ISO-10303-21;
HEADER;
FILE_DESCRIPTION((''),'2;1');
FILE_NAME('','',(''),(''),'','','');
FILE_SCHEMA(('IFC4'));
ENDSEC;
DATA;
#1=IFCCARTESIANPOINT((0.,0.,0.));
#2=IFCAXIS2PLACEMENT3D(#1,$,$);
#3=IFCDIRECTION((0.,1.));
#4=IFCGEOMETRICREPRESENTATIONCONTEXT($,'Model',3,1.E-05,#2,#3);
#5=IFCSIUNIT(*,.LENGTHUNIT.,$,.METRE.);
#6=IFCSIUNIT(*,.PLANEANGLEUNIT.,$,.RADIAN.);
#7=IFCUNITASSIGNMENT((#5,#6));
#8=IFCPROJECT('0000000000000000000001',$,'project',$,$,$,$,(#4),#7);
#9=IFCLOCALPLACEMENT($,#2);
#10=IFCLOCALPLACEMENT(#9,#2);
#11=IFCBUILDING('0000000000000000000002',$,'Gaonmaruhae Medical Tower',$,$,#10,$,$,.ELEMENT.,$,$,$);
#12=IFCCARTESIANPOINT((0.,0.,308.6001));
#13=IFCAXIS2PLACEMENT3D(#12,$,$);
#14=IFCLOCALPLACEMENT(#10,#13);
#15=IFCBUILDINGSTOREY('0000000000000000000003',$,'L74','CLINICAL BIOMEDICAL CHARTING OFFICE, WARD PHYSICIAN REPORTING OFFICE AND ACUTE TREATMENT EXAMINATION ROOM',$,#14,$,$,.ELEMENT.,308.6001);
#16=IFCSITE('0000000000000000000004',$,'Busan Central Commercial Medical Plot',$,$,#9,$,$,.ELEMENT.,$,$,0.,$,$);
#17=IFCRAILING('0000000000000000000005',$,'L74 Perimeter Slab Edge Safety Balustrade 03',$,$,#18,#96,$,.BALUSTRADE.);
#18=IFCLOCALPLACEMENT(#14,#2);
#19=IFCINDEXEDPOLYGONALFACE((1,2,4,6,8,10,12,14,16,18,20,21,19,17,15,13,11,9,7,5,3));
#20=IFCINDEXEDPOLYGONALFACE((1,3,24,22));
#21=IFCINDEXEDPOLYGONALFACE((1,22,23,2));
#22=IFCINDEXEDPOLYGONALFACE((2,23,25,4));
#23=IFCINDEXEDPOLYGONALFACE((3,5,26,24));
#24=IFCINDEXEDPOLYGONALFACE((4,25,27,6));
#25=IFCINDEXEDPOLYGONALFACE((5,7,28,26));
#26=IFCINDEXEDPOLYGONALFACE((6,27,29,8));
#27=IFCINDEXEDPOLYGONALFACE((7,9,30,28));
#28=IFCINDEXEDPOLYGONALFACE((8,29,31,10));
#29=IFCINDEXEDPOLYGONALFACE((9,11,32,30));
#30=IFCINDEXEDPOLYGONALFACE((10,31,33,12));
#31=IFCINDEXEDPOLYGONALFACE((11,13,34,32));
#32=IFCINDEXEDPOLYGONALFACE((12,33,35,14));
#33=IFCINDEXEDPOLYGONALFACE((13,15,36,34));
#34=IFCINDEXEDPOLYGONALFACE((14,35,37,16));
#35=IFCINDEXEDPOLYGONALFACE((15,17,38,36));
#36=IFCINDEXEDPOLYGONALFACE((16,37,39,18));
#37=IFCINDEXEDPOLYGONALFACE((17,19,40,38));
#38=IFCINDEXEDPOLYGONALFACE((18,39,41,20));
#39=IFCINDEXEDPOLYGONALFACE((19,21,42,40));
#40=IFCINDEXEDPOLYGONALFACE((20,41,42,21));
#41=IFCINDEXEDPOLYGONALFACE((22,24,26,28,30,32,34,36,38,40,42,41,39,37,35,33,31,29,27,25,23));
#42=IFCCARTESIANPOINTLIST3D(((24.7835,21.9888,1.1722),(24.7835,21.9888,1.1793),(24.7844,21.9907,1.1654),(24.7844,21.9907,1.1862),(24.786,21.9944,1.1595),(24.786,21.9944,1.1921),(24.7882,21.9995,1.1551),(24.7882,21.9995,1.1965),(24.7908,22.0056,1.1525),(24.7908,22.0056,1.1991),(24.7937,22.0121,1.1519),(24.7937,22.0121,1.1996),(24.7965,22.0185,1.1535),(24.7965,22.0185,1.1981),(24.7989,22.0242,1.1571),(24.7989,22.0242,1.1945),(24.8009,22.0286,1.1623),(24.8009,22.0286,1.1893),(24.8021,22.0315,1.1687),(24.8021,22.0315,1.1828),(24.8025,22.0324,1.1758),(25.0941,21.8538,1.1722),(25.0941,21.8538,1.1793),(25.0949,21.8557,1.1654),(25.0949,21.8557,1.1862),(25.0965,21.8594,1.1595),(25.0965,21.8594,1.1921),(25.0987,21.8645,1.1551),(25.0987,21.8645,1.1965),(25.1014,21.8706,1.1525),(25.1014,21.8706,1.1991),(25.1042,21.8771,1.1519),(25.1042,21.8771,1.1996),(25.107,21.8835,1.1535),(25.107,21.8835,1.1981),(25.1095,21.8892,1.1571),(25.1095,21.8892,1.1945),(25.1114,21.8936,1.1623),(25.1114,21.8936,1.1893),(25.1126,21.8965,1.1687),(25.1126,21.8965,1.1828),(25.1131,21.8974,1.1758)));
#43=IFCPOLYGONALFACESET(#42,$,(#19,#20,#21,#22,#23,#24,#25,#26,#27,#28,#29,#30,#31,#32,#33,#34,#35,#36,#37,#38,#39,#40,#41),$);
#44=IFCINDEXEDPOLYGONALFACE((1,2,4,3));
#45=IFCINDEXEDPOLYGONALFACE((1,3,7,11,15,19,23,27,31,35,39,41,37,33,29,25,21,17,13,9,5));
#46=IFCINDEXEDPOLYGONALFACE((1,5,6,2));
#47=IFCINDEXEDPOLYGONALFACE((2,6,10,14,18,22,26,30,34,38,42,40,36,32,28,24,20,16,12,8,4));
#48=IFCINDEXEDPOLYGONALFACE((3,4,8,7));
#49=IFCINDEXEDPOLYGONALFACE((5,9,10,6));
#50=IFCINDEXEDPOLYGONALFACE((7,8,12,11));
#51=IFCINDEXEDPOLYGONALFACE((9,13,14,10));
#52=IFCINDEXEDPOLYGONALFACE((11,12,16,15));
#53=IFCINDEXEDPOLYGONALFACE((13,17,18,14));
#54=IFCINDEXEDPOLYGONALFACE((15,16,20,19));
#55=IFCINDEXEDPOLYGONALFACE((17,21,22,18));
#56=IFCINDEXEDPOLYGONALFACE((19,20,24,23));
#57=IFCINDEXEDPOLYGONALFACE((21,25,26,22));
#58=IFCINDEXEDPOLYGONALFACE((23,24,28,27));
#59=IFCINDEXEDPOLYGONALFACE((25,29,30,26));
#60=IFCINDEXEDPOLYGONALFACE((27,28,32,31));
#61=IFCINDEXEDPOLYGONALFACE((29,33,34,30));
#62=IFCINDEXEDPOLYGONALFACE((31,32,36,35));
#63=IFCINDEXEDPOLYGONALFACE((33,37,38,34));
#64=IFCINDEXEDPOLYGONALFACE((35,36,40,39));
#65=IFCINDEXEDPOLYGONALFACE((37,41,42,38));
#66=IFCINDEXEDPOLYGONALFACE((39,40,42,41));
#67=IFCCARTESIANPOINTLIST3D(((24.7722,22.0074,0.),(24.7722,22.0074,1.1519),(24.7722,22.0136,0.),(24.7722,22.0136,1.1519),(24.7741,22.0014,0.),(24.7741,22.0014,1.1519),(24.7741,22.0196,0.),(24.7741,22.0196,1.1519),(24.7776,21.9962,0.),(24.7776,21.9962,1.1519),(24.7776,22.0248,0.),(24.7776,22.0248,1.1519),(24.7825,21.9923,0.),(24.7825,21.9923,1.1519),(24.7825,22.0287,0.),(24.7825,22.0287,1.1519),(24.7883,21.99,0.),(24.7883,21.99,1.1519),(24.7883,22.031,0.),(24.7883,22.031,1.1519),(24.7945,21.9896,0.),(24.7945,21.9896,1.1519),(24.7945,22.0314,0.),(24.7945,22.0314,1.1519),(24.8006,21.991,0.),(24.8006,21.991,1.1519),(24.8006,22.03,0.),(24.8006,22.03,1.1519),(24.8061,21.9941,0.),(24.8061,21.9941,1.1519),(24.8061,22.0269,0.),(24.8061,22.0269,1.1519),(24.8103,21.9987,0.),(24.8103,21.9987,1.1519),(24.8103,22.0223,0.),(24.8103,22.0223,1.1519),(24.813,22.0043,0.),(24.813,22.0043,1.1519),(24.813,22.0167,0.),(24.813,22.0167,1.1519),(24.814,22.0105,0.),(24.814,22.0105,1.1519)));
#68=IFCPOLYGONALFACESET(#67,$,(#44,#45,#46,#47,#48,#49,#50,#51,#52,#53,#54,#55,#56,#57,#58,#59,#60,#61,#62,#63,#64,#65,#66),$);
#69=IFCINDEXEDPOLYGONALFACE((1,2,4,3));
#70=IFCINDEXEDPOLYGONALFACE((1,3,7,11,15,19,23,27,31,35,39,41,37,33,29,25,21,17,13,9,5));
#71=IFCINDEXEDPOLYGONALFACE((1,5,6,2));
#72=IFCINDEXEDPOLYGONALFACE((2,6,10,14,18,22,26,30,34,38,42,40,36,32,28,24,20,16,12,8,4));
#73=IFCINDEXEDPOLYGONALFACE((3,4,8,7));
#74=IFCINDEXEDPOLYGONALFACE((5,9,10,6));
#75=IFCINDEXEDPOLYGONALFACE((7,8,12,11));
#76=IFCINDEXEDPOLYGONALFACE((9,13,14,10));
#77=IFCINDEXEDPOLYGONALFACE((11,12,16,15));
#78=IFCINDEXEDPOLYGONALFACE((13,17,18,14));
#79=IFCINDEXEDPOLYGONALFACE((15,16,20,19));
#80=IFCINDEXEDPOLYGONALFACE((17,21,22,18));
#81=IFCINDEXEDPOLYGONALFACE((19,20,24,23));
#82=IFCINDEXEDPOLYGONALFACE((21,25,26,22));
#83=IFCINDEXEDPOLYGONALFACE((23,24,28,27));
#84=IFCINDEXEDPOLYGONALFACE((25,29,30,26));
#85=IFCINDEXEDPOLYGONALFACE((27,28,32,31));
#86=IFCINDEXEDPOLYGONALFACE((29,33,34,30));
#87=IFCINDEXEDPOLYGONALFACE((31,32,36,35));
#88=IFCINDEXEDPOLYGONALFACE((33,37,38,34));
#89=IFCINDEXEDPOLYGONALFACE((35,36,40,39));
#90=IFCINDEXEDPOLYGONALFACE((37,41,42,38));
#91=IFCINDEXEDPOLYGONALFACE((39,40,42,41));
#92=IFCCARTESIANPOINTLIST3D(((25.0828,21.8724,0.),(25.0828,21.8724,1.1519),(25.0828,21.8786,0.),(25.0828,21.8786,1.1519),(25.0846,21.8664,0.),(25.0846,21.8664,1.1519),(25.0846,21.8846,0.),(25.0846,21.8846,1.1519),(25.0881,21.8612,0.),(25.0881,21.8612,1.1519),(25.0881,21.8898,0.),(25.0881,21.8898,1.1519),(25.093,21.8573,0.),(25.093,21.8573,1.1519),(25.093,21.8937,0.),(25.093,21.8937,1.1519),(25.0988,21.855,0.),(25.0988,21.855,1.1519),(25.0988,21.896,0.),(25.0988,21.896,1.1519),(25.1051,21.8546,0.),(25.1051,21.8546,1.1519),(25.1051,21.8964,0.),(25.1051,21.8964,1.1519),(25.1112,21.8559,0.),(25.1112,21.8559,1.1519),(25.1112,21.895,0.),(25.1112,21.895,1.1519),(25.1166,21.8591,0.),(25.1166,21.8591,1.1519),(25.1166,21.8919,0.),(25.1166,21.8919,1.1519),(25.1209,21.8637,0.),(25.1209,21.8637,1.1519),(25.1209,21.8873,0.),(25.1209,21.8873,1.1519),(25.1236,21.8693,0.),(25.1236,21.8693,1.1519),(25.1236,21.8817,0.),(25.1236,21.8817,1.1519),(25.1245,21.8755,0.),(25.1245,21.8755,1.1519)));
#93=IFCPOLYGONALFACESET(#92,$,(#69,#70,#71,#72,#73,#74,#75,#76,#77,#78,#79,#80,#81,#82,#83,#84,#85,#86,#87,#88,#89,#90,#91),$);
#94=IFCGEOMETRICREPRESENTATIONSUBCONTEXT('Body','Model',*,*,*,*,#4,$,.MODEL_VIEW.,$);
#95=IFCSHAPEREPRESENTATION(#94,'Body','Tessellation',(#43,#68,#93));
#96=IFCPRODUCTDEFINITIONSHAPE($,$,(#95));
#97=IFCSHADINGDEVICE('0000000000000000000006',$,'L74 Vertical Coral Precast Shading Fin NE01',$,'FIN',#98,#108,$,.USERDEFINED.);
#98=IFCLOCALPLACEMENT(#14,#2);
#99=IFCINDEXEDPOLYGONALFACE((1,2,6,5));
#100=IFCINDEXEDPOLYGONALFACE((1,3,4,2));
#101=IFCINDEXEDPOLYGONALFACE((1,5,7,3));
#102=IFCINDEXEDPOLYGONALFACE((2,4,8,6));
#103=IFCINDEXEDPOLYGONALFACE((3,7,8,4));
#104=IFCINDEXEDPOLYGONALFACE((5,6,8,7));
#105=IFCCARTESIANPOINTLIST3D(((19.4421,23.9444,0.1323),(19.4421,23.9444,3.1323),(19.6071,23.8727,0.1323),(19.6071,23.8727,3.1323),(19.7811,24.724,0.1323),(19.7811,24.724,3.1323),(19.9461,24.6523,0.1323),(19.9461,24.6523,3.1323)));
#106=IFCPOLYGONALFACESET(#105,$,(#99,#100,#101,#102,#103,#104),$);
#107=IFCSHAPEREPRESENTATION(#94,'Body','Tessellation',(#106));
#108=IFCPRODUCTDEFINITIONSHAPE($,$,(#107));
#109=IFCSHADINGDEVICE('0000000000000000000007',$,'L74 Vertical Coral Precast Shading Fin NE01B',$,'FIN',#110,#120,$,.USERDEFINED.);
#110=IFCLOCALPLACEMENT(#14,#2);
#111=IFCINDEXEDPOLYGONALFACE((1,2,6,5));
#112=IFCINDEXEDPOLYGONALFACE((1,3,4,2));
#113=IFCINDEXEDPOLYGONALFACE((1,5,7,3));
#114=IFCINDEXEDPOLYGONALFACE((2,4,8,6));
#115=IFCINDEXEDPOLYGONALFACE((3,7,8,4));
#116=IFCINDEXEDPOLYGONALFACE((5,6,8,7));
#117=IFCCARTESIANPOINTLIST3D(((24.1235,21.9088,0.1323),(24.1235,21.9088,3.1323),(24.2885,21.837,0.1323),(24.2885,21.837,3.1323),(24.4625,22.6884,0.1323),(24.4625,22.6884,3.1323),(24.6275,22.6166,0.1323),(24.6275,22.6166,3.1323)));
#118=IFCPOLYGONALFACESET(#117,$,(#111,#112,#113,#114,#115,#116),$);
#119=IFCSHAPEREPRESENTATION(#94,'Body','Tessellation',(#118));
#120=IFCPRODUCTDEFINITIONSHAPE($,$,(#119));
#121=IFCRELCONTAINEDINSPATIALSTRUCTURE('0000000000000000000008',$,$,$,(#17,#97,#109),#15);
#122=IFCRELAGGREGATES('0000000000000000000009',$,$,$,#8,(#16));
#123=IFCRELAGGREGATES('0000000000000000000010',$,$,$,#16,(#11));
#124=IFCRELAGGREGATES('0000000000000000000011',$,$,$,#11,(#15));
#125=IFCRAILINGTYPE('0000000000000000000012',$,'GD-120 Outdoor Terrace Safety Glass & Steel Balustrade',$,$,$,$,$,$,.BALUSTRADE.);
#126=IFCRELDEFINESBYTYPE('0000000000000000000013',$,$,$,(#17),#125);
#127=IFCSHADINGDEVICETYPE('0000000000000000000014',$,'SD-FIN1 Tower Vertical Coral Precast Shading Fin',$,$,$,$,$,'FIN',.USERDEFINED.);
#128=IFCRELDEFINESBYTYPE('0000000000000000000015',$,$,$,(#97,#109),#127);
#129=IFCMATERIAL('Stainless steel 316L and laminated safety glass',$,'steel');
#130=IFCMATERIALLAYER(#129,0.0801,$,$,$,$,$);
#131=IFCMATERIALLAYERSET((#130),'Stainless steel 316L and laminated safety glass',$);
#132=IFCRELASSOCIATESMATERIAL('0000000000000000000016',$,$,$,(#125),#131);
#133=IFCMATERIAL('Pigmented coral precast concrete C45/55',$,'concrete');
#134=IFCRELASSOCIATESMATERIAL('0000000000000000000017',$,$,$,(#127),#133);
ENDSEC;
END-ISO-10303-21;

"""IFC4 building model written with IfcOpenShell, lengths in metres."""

from ifc_helpers import new_model, si_unit, direction, frame, origin, origin_2d, place, context, subcontext, project, spatial, rectangle, circle, extrude, material, layer, layer_set, type_object, element, save


model = new_model("IFC4")

# Units and contexts
model_context = context("Model", 3, precision=1e-05, world=origin(), true_north=direction((0.0, 1.0)))
body_context = subcontext(model_context, "Body", "Model", "MODEL_VIEW")
ifc_project = project(units=[si_unit("LENGTHUNIT", "METRE"), si_unit("PLANEANGLEUNIT", "RADIAN")], contexts=[model_context])

# Site, building, storey
site_placement = place(None, origin())
site = spatial("IfcSite", under=ifc_project, at=site_placement, Name="Busan Central Commercial Medical Plot", CompositionType="ELEMENT", RefElevation=0.0)
building_placement = place(site_placement, origin())
building = spatial("IfcBuilding", under=site, at=building_placement, Name="Gaonmaruhae Medical Tower", CompositionType="ELEMENT")
storey_placement = place(building_placement, frame((0.0, 0.0, 308.6001)))
storey = spatial("IfcBuildingStorey", under=building, at=storey_placement, Name="L74", Description="CLINICAL BIOMEDICAL CHARTING OFFICE, WARD PHYSICIAN REPORTING OFFICE AND ACUTE TREATMENT EXAMINATION ROOM", CompositionType="ELEMENT", Elevation=308.6001)

# Railing
ifc_material_1 = material(Name="Stainless steel 316L and laminated safety glass", Category="steel")
ifc_layer_1 = layer(ifc_material_1, 0.0801)
ifc_layer_set_1 = layer_set([ifc_layer_1], Name="Stainless steel 316L and laminated safety glass")
railing_type_1 = type_object("IfcRailingType", Name="GD-120 Outdoor Terrace Safety Glass & Steel Balustrade", PredefinedType="BALUSTRADE", material=ifc_layer_set_1)
railing_1_placement = place(storey_placement, frame((24.793, 22.0105, 0.0)))
element("IfcRailing", 1, at=railing_1_placement, inside=storey, type_object=railing_type_1, Name="L74 Perimeter Slab Edge Safety Balustrade 03", PredefinedType="BALUSTRADE", context=body_context, shape_type="SweptSolid", body=[
    extrude(circle(Radius=0.0239, at=origin_2d()), frame((0.0, 0.0, 1.1758), z_axis=(0.917082, -0.3987, 0.0), x_axis=(0.3987, 0.917082, 0.0)), (0.0, 0.0, 1.0), 0.3386),
    extrude(circle(Radius=0.021, at=origin_2d()), origin(), (0.0, 0.0, 1.0), 1.1519),
    extrude(circle(Radius=0.021, at=origin_2d()), frame((0.3105, -0.135, 0.0)), (0.0, 0.0, 1.0), 1.1519),
])

# Shading devices
ifc_material_2 = material(Name="Pigmented coral precast concrete C45/55", Category="concrete")
shading_device_type = type_object("IfcShadingDeviceType", Name="SD-FIN1 Tower Vertical Coral Precast Shading Fin", ElementType="FIN", PredefinedType="USERDEFINED", material=ifc_material_2)
for number, where, z_axis, x_axis, name in (
    (2, (19.6941, 24.2983, 0.1323), (0.0, 0.0, 1.0), (0.91706, -0.398749, 0.0), "L74 Vertical Coral Precast Shading Fin NE01"),
    (3, (24.3755, 22.2627, 0.1323), (0.0, 0.0, 1.0), (0.91706, -0.398749, 0.0), "L74 Vertical Coral Precast Shading Fin NE01B"),
):
    element("IfcShadingDevice", number, at=place(storey_placement, frame(where, z_axis=z_axis, x_axis=x_axis)), inside=storey, type_object=shading_device_type, Name=name, ObjectType="FIN", PredefinedType="USERDEFINED", context=body_context, shape_type="SweptSolid", body=[
        extrude(rectangle(XDim=0.1799, YDim=0.8501, at=origin_2d()), origin(), (0.0, 0.0, 1.0), 3.0),
    ])

save(model, "model.ifc")
